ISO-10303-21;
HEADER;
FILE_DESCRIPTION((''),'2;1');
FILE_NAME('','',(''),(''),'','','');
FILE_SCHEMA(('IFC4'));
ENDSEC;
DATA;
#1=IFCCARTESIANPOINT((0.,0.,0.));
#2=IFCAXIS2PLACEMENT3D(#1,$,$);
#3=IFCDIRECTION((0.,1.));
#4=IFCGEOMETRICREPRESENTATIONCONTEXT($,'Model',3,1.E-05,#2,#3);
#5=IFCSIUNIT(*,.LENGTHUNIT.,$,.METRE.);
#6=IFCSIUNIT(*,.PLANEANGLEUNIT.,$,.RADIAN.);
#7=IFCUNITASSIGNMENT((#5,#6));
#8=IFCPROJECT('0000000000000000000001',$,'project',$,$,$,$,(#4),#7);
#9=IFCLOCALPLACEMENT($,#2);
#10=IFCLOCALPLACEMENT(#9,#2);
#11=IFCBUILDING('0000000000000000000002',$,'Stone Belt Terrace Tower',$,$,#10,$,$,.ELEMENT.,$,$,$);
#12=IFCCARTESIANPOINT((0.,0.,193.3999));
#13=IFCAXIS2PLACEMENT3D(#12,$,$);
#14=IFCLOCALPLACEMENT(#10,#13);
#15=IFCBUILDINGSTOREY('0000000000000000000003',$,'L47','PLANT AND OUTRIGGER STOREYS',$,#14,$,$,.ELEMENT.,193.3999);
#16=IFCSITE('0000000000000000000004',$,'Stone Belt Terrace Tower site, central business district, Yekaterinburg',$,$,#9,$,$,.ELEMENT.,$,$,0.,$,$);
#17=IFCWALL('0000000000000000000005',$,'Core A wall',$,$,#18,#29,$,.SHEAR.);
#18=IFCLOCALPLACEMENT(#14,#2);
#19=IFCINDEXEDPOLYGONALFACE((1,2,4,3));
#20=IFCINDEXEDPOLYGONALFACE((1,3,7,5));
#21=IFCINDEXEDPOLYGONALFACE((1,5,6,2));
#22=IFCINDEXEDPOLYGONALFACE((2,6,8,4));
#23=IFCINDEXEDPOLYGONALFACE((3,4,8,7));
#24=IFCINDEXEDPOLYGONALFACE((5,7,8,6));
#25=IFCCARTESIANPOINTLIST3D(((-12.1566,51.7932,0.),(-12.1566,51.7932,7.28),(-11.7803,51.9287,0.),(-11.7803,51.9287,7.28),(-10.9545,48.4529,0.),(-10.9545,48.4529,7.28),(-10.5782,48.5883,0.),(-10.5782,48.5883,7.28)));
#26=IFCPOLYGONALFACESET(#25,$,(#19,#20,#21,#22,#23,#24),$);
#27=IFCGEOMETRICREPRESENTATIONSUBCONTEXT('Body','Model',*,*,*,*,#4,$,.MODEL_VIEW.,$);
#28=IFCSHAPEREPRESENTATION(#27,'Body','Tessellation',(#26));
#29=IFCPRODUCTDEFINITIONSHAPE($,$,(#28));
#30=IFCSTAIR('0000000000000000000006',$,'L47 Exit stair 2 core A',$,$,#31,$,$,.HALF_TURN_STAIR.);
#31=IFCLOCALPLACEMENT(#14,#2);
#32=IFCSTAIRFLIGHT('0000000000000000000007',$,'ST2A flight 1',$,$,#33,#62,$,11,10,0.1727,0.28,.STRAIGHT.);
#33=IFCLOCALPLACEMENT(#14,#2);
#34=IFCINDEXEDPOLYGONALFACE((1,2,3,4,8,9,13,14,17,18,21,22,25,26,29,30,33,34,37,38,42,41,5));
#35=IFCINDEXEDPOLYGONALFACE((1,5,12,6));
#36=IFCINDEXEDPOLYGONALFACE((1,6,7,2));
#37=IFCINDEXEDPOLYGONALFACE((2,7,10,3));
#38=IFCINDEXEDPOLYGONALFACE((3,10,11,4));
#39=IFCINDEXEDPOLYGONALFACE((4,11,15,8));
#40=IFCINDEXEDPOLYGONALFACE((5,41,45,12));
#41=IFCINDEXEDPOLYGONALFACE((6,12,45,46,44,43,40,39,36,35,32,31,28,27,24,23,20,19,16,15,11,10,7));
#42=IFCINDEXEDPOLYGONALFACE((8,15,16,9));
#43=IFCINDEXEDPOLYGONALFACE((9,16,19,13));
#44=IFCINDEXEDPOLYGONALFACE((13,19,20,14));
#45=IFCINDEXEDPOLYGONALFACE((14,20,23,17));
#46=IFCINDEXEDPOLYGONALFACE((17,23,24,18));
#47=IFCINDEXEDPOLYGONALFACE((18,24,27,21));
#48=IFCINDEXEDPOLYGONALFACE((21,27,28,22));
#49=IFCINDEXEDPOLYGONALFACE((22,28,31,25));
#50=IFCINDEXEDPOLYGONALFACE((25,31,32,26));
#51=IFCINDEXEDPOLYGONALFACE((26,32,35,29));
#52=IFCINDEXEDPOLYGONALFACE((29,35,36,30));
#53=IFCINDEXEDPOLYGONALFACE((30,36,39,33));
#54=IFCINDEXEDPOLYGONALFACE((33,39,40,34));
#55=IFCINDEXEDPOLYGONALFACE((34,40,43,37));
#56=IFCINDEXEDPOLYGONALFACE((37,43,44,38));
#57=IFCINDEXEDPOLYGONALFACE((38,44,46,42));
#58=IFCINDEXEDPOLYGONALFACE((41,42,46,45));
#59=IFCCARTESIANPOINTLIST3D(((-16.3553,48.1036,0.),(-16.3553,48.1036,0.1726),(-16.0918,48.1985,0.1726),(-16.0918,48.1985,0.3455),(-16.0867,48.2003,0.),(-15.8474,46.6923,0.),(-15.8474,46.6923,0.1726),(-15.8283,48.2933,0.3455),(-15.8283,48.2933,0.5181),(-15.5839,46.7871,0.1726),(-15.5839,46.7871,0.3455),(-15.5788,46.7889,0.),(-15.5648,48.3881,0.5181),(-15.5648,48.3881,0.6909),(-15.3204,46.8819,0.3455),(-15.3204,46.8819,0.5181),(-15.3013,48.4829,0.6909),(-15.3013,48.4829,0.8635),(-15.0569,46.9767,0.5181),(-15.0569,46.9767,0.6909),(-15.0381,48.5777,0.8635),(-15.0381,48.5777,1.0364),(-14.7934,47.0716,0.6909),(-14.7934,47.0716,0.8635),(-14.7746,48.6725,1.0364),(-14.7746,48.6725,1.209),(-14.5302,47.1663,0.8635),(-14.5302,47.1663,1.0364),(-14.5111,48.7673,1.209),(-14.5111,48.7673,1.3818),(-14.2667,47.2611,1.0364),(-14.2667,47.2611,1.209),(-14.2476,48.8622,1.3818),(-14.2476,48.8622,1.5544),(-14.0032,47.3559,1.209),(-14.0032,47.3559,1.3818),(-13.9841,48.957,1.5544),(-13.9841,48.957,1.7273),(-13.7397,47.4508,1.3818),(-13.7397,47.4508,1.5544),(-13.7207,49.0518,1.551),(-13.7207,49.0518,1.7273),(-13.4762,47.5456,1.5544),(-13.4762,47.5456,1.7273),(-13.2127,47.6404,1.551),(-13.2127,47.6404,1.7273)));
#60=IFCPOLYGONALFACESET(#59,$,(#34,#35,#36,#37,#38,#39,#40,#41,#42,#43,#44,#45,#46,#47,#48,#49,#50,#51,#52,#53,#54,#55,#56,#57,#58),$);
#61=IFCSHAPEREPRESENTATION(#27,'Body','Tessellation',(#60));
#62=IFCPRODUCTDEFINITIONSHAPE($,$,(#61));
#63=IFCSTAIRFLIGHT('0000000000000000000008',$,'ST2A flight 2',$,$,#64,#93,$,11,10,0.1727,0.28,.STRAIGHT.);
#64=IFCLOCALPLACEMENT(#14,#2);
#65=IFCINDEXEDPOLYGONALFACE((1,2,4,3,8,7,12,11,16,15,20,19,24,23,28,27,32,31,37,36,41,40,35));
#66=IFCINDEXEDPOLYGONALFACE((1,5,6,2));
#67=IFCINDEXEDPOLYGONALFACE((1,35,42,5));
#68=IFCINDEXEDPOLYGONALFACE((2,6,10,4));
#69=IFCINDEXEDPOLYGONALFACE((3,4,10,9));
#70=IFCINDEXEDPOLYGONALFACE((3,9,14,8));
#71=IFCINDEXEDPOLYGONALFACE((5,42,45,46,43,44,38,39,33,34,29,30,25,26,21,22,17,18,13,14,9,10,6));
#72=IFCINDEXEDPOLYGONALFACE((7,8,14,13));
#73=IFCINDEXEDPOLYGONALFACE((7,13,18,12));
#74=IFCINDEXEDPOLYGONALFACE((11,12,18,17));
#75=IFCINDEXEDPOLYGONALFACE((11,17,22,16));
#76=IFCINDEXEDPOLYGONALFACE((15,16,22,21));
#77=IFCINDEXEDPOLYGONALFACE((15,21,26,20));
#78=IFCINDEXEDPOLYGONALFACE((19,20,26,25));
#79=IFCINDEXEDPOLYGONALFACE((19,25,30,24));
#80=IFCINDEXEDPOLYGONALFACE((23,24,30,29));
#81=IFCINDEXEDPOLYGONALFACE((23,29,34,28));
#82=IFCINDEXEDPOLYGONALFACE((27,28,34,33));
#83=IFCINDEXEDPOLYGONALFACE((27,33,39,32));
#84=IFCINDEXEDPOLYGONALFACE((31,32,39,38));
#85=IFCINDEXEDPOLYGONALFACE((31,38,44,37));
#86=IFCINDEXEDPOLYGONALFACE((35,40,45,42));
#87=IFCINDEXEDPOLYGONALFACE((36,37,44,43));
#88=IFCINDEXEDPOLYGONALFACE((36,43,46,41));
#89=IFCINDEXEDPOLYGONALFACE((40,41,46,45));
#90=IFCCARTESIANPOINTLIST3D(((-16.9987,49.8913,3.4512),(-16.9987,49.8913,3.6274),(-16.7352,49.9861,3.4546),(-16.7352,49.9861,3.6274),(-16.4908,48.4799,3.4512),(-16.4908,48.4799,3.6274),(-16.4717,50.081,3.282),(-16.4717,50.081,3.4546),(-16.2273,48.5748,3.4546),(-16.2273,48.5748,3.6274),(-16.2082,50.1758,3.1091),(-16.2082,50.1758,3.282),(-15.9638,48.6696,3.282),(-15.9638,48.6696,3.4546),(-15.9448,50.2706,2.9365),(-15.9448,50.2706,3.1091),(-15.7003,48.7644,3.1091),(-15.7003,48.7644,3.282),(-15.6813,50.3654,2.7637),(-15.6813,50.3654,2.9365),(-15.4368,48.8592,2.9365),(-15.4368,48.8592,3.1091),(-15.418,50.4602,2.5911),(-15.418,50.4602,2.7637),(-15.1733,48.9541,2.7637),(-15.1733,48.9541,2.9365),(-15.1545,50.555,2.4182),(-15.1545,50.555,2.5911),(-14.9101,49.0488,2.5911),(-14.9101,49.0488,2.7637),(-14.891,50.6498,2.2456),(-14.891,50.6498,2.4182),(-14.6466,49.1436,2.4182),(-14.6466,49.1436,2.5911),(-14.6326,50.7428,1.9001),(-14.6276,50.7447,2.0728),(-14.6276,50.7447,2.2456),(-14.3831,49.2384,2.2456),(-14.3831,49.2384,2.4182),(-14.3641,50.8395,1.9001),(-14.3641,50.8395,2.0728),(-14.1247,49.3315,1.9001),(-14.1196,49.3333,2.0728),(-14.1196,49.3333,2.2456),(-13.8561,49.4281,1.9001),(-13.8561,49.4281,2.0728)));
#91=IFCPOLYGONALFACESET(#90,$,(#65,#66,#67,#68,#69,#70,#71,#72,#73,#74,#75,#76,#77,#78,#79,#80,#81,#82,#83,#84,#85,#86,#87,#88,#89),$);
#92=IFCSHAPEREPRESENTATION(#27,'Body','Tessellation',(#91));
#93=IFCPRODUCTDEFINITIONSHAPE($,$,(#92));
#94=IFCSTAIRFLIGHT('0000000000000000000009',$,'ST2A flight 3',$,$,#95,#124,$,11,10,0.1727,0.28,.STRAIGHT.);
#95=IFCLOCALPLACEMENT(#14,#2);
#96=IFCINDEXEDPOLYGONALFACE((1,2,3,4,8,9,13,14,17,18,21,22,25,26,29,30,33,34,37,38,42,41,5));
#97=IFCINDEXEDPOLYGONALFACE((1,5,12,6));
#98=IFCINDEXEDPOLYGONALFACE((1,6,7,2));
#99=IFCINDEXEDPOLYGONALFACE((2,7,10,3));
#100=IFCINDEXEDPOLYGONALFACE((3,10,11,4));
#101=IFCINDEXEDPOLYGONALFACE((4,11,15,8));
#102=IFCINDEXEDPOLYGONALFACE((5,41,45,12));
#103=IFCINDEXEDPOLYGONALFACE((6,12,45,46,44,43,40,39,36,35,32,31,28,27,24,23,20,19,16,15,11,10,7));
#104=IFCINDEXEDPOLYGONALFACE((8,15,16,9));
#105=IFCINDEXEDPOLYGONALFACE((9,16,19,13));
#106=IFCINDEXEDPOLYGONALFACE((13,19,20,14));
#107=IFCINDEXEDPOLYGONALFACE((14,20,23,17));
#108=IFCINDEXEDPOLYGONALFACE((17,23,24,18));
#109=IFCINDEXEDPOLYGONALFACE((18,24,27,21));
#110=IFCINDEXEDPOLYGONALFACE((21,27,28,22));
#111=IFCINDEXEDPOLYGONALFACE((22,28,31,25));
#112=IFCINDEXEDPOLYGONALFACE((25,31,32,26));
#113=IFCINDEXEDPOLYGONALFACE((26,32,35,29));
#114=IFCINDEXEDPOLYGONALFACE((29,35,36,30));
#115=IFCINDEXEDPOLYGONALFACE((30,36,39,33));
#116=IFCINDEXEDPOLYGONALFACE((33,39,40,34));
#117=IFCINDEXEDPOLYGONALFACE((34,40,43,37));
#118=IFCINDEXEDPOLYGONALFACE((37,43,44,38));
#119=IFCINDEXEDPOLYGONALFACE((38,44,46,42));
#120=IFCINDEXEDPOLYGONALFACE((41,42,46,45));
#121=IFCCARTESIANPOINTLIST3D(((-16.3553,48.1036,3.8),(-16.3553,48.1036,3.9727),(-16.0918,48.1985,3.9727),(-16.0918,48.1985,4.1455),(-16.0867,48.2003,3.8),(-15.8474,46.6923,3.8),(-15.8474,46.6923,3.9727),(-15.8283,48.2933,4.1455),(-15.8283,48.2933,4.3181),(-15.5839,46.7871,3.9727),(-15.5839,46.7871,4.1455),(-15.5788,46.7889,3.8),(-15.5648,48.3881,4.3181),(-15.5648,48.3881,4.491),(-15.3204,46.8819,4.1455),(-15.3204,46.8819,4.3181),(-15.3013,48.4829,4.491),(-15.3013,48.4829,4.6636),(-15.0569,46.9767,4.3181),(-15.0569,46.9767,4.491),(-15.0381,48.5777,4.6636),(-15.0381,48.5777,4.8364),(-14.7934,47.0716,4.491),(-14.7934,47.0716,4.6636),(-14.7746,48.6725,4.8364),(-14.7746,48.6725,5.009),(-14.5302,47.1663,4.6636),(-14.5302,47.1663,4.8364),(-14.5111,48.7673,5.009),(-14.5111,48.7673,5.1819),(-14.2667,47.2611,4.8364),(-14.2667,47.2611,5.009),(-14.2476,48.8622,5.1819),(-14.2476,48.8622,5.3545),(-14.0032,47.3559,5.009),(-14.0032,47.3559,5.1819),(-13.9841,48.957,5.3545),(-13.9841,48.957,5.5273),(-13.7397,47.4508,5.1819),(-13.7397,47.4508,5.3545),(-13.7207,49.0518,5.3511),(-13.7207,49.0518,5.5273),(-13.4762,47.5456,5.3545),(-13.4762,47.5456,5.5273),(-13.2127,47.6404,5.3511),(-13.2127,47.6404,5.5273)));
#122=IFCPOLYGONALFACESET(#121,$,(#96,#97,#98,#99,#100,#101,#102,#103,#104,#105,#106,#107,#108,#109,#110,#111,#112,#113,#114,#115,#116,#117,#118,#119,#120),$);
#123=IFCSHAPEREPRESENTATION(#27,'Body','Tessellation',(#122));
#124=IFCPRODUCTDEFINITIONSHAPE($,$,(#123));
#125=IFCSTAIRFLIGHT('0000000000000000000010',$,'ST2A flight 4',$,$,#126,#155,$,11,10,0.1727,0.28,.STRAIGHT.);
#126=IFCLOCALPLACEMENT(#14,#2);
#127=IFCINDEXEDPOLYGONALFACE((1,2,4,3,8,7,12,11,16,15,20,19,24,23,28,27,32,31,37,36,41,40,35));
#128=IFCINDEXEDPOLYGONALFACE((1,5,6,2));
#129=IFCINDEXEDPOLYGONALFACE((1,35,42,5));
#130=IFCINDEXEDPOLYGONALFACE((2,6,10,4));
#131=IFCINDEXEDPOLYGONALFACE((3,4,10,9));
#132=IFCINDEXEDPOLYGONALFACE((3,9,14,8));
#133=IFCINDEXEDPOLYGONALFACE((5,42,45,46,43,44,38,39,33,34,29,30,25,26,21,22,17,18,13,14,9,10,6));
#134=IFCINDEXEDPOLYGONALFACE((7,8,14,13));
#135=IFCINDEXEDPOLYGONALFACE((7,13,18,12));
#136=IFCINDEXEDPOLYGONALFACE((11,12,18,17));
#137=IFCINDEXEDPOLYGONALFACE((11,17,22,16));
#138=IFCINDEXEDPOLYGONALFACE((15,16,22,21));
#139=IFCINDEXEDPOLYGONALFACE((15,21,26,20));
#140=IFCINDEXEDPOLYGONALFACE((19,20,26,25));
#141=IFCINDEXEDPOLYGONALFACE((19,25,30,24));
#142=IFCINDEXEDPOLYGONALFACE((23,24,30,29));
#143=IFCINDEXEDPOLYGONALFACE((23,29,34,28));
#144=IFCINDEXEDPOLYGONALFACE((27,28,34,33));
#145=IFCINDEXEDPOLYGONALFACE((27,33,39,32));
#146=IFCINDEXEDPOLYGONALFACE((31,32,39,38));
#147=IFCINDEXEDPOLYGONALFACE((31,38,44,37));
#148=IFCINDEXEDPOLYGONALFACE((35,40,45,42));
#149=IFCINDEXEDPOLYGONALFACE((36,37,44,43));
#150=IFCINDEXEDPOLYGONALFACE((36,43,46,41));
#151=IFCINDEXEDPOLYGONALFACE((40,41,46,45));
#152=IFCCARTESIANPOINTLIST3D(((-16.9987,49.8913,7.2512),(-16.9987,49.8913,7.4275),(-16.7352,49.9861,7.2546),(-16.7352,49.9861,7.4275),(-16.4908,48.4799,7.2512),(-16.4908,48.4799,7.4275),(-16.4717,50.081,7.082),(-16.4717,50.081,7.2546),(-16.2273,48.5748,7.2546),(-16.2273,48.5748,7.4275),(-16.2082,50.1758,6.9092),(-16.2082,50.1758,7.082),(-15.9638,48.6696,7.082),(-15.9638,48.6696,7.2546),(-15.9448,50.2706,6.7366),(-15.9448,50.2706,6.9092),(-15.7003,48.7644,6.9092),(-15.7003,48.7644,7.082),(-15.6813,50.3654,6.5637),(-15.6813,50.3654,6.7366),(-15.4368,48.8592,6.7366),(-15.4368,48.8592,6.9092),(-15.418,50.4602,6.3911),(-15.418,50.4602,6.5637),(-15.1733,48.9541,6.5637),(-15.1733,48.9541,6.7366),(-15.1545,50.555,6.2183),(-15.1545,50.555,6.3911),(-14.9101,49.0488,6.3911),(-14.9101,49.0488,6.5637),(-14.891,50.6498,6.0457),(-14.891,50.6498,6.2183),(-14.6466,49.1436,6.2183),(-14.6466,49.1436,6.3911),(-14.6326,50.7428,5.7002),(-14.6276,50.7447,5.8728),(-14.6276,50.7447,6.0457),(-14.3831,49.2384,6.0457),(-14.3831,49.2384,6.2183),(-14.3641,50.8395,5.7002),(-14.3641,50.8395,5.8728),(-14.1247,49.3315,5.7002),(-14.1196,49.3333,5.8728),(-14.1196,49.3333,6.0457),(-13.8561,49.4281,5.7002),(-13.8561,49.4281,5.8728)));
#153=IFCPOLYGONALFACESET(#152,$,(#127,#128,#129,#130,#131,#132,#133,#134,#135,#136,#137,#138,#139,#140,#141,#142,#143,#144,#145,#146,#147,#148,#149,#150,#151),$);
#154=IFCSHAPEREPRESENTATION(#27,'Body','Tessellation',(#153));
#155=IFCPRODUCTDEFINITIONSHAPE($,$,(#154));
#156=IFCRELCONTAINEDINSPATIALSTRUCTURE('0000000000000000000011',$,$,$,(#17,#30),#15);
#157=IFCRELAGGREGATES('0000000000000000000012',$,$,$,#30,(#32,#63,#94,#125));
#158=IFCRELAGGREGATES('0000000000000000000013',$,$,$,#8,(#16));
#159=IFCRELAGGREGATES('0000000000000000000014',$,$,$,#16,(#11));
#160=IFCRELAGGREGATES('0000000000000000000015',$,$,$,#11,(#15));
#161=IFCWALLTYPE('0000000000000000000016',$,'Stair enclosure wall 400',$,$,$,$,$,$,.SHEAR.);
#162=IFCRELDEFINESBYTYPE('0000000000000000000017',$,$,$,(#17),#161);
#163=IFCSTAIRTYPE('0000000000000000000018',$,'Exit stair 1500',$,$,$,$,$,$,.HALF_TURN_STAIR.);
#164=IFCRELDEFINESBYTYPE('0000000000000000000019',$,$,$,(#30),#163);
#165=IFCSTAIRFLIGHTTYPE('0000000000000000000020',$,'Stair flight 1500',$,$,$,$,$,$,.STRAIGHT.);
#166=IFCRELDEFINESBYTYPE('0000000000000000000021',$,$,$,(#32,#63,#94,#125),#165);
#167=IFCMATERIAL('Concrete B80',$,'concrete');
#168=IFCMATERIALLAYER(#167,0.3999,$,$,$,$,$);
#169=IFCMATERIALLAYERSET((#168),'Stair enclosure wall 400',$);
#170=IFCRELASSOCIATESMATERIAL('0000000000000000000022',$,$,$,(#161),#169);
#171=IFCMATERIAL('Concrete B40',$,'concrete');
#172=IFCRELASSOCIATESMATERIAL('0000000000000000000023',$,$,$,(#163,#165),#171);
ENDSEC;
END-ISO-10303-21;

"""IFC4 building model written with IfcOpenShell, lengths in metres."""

from ifc_helpers import new_model, si_unit, direction, frame, frame_2d, origin, place, context, subcontext, project, spatial, polyline, rectangle, outline, extrude, material, layer, layer_set, type_object, element, aggregate, save


model = new_model("IFC4")

# Units and contexts
model_context = context("Model", 3, precision=1e-05, world=origin(), true_north=direction((0.0, 1.0)))
body_context = subcontext(model_context, "Body", "Model", "MODEL_VIEW")
ifc_project = project(units=[si_unit("LENGTHUNIT", "METRE"), si_unit("PLANEANGLEUNIT", "RADIAN")], contexts=[model_context])

# Site, building, storey
site_placement = place(None, origin())
site = spatial("IfcSite", under=ifc_project, at=site_placement, Name="Stone Belt Terrace Tower site, central business district, Yekaterinburg", CompositionType="ELEMENT", RefElevation=0.0)
building_placement = place(site_placement, origin())
building = spatial("IfcBuilding", under=site, at=building_placement, Name="Stone Belt Terrace Tower", CompositionType="ELEMENT")
storey_placement = place(building_placement, frame((0.0, 0.0, 193.3999)))
storey = spatial("IfcBuildingStorey", under=building, at=storey_placement, Name="L47", Description="PLANT AND OUTRIGGER STOREYS", CompositionType="ELEMENT", Elevation=193.3999)

# Shared definitions
ifc_material_1 = material(Name="Concrete B80", Category="concrete")

# Shared definitions
ifc_layer_1 = layer(ifc_material_1, 0.3999)
ifc_layer_set_1 = layer_set([ifc_layer_1], Name="Stair enclosure wall 400")
wall_type_1 = type_object("IfcWallType", Name="Stair enclosure wall 400", PredefinedType="SHEAR", material=ifc_layer_set_1)

# Wall
wall_1_placement = place(storey_placement, frame((-10.7664, 48.5208, 0.0), z_axis=(0.0, 0.0, 1.0), x_axis=(-0.338627, 0.940921, 0.0)))
element("IfcWall", 1, at=wall_1_placement, inside=storey, type_object=wall_type_1, Name="Core A wall", PredefinedType="SHEAR", context=body_context, shape_type="SweptSolid", body=[
    extrude(rectangle(XDim=3.55, YDim=0.3999, at=frame_2d((1.7749, 0.0))), origin(), (0.0, 0.0, 1.0), 7.28),
])

# Stair, stair flights
ifc_material_2 = material(Name="Concrete B40", Category="concrete")
stair_type = type_object("IfcStairType", Name="Exit stair 1500", PredefinedType="HALF_TURN_STAIR", material=ifc_material_2)
stair_placement = place(storey_placement, origin())
stair = element("IfcStair", 2, at=stair_placement, inside=storey, type_object=stair_type, Name="L47 Exit stair 2 core A", PredefinedType="HALF_TURN_STAIR")
stair_flight_type = type_object("IfcStairFlightType", Name="Stair flight 1500", PredefinedType="STRAIGHT", material=ifc_material_2)
stair_flight_1_placement = place(storey_placement, frame((-16.1013, 47.3979, 0.0), z_axis=(0.0, 0.0, 1.0), x_axis=(0.940922, 0.338624, 0.0)))
stair_flight_1 = element("IfcStairFlight", 3, at=stair_flight_1_placement, type_object=stair_flight_type, Name="ST2A flight 1", NumberOfRisers=11, NumberOfTreads=10, PredefinedType="STRAIGHT", RiserHeight=0.1727, TreadLength=0.28, context=body_context, shape_type="SweptSolid", body=[
    extrude(outline(polyline([(0.0, 0.0), (0.0, 0.1726), (0.28, 0.1726), (0.28, 0.3455), (0.5601, 0.3455), (0.5601, 0.5181), (0.8401, 0.5181), (0.8401, 0.6909), (1.1201, 0.6909), (1.1201, 0.8635), (1.3999, 0.8635), (1.3999, 1.0364), (1.6799, 1.0364), (1.6799, 1.209), (1.96, 1.209), (1.96, 1.3818), (2.24, 1.3818), (2.24, 1.5544), (2.52, 1.5544), (2.52, 1.7273), (2.8, 1.7273), (2.8, 1.8999), (2.8, 1.551), (0.2854, 0.0), (0.0, 0.0)])), frame((0.0, 0.75, 0.0), z_axis=(0.0, -1.0, 0.0), x_axis=(1.0, 0.0, 0.0)), (0.0, 0.0, 1.0), 1.5),
])
stair_flight_2_placement = place(storey_placement, frame((-14.1101, 50.1338, 1.9001), z_axis=(0.0, 0.0, 1.0), x_axis=(-0.940922, -0.338624, 0.0)))
stair_flight_2 = element("IfcStairFlight", 4, at=stair_flight_2_placement, type_object=stair_flight_type, Name="ST2A flight 2", NumberOfRisers=11, NumberOfTreads=10, PredefinedType="STRAIGHT", RiserHeight=0.1727, TreadLength=0.28, context=body_context, shape_type="SweptSolid", body=[
    extrude(outline(polyline([(0.0, 0.0), (0.0, 0.1726), (0.28, 0.1726), (0.28, 0.3455), (0.5601, 0.3455), (0.5601, 0.5181), (0.8401, 0.5181), (0.8401, 0.6909), (1.1201, 0.6909), (1.1201, 0.8635), (1.3999, 0.8635), (1.3999, 1.0364), (1.6799, 1.0364), (1.6799, 1.209), (1.96, 1.209), (1.96, 1.3818), (2.24, 1.3818), (2.24, 1.5544), (2.52, 1.5544), (2.52, 1.7273), (2.8, 1.7273), (2.8, 1.8999), (2.8, 1.551), (0.2854, 0.0), (0.0, 0.0)])), frame((0.0, 0.75, 0.0), z_axis=(0.0, -1.0, 0.0), x_axis=(1.0, 0.0, 0.0)), (0.0, 0.0, 1.0), 1.5),
])
stair_flight_3_placement = place(storey_placement, frame((-16.1013, 47.3979, 3.8), z_axis=(0.0, 0.0, 1.0), x_axis=(0.940922, 0.338624, 0.0)))
stair_flight_3 = element("IfcStairFlight", 5, at=stair_flight_3_placement, type_object=stair_flight_type, Name="ST2A flight 3", NumberOfRisers=11, NumberOfTreads=10, PredefinedType="STRAIGHT", RiserHeight=0.1727, TreadLength=0.28, context=body_context, shape_type="SweptSolid", body=[
    extrude(outline(polyline([(0.0, 0.0), (0.0, 0.1726), (0.28, 0.1726), (0.28, 0.3455), (0.5601, 0.3455), (0.5601, 0.5181), (0.8401, 0.5181), (0.8401, 0.6909), (1.1201, 0.6909), (1.1201, 0.8635), (1.3999, 0.8635), (1.3999, 1.0364), (1.6799, 1.0364), (1.6799, 1.209), (1.96, 1.209), (1.96, 1.3818), (2.24, 1.3818), (2.24, 1.5544), (2.52, 1.5544), (2.52, 1.7273), (2.8, 1.7273), (2.8, 1.8999), (2.8, 1.551), (0.2854, 0.0), (0.0, 0.0)])), frame((0.0, 0.75, 0.0), z_axis=(0.0, -1.0, 0.0), x_axis=(1.0, 0.0, 0.0)), (0.0, 0.0, 1.0), 1.5),
])
stair_flight_4_placement = place(storey_placement, frame((-14.1101, 50.1338, 5.7002), z_axis=(0.0, 0.0, 1.0), x_axis=(-0.940922, -0.338624, 0.0)))
stair_flight_4 = element("IfcStairFlight", 6, at=stair_flight_4_placement, type_object=stair_flight_type, Name="ST2A flight 4", NumberOfRisers=11, NumberOfTreads=10, PredefinedType="STRAIGHT", RiserHeight=0.1727, TreadLength=0.28, context=body_context, shape_type="SweptSolid", body=[
    extrude(outline(polyline([(0.0, 0.0), (0.0, 0.1726), (0.28, 0.1726), (0.28, 0.3455), (0.5601, 0.3455), (0.5601, 0.5181), (0.8401, 0.5181), (0.8401, 0.6909), (1.1201, 0.6909), (1.1201, 0.8635), (1.3999, 0.8635), (1.3999, 1.0364), (1.6799, 1.0364), (1.6799, 1.209), (1.96, 1.209), (1.96, 1.3818), (2.24, 1.3818), (2.24, 1.5544), (2.52, 1.5544), (2.52, 1.7273), (2.8, 1.7273), (2.8, 1.8999), (2.8, 1.551), (0.2854, 0.0), (0.0, 0.0)])), frame((0.0, 0.75, 0.0), z_axis=(0.0, -1.0, 0.0), x_axis=(1.0, 0.0, 0.0)), (0.0, 0.0, 1.0), 1.5),
])
aggregate(stair, [stair_flight_1, stair_flight_2, stair_flight_3, stair_flight_4])

save(model, "model.ifc")
